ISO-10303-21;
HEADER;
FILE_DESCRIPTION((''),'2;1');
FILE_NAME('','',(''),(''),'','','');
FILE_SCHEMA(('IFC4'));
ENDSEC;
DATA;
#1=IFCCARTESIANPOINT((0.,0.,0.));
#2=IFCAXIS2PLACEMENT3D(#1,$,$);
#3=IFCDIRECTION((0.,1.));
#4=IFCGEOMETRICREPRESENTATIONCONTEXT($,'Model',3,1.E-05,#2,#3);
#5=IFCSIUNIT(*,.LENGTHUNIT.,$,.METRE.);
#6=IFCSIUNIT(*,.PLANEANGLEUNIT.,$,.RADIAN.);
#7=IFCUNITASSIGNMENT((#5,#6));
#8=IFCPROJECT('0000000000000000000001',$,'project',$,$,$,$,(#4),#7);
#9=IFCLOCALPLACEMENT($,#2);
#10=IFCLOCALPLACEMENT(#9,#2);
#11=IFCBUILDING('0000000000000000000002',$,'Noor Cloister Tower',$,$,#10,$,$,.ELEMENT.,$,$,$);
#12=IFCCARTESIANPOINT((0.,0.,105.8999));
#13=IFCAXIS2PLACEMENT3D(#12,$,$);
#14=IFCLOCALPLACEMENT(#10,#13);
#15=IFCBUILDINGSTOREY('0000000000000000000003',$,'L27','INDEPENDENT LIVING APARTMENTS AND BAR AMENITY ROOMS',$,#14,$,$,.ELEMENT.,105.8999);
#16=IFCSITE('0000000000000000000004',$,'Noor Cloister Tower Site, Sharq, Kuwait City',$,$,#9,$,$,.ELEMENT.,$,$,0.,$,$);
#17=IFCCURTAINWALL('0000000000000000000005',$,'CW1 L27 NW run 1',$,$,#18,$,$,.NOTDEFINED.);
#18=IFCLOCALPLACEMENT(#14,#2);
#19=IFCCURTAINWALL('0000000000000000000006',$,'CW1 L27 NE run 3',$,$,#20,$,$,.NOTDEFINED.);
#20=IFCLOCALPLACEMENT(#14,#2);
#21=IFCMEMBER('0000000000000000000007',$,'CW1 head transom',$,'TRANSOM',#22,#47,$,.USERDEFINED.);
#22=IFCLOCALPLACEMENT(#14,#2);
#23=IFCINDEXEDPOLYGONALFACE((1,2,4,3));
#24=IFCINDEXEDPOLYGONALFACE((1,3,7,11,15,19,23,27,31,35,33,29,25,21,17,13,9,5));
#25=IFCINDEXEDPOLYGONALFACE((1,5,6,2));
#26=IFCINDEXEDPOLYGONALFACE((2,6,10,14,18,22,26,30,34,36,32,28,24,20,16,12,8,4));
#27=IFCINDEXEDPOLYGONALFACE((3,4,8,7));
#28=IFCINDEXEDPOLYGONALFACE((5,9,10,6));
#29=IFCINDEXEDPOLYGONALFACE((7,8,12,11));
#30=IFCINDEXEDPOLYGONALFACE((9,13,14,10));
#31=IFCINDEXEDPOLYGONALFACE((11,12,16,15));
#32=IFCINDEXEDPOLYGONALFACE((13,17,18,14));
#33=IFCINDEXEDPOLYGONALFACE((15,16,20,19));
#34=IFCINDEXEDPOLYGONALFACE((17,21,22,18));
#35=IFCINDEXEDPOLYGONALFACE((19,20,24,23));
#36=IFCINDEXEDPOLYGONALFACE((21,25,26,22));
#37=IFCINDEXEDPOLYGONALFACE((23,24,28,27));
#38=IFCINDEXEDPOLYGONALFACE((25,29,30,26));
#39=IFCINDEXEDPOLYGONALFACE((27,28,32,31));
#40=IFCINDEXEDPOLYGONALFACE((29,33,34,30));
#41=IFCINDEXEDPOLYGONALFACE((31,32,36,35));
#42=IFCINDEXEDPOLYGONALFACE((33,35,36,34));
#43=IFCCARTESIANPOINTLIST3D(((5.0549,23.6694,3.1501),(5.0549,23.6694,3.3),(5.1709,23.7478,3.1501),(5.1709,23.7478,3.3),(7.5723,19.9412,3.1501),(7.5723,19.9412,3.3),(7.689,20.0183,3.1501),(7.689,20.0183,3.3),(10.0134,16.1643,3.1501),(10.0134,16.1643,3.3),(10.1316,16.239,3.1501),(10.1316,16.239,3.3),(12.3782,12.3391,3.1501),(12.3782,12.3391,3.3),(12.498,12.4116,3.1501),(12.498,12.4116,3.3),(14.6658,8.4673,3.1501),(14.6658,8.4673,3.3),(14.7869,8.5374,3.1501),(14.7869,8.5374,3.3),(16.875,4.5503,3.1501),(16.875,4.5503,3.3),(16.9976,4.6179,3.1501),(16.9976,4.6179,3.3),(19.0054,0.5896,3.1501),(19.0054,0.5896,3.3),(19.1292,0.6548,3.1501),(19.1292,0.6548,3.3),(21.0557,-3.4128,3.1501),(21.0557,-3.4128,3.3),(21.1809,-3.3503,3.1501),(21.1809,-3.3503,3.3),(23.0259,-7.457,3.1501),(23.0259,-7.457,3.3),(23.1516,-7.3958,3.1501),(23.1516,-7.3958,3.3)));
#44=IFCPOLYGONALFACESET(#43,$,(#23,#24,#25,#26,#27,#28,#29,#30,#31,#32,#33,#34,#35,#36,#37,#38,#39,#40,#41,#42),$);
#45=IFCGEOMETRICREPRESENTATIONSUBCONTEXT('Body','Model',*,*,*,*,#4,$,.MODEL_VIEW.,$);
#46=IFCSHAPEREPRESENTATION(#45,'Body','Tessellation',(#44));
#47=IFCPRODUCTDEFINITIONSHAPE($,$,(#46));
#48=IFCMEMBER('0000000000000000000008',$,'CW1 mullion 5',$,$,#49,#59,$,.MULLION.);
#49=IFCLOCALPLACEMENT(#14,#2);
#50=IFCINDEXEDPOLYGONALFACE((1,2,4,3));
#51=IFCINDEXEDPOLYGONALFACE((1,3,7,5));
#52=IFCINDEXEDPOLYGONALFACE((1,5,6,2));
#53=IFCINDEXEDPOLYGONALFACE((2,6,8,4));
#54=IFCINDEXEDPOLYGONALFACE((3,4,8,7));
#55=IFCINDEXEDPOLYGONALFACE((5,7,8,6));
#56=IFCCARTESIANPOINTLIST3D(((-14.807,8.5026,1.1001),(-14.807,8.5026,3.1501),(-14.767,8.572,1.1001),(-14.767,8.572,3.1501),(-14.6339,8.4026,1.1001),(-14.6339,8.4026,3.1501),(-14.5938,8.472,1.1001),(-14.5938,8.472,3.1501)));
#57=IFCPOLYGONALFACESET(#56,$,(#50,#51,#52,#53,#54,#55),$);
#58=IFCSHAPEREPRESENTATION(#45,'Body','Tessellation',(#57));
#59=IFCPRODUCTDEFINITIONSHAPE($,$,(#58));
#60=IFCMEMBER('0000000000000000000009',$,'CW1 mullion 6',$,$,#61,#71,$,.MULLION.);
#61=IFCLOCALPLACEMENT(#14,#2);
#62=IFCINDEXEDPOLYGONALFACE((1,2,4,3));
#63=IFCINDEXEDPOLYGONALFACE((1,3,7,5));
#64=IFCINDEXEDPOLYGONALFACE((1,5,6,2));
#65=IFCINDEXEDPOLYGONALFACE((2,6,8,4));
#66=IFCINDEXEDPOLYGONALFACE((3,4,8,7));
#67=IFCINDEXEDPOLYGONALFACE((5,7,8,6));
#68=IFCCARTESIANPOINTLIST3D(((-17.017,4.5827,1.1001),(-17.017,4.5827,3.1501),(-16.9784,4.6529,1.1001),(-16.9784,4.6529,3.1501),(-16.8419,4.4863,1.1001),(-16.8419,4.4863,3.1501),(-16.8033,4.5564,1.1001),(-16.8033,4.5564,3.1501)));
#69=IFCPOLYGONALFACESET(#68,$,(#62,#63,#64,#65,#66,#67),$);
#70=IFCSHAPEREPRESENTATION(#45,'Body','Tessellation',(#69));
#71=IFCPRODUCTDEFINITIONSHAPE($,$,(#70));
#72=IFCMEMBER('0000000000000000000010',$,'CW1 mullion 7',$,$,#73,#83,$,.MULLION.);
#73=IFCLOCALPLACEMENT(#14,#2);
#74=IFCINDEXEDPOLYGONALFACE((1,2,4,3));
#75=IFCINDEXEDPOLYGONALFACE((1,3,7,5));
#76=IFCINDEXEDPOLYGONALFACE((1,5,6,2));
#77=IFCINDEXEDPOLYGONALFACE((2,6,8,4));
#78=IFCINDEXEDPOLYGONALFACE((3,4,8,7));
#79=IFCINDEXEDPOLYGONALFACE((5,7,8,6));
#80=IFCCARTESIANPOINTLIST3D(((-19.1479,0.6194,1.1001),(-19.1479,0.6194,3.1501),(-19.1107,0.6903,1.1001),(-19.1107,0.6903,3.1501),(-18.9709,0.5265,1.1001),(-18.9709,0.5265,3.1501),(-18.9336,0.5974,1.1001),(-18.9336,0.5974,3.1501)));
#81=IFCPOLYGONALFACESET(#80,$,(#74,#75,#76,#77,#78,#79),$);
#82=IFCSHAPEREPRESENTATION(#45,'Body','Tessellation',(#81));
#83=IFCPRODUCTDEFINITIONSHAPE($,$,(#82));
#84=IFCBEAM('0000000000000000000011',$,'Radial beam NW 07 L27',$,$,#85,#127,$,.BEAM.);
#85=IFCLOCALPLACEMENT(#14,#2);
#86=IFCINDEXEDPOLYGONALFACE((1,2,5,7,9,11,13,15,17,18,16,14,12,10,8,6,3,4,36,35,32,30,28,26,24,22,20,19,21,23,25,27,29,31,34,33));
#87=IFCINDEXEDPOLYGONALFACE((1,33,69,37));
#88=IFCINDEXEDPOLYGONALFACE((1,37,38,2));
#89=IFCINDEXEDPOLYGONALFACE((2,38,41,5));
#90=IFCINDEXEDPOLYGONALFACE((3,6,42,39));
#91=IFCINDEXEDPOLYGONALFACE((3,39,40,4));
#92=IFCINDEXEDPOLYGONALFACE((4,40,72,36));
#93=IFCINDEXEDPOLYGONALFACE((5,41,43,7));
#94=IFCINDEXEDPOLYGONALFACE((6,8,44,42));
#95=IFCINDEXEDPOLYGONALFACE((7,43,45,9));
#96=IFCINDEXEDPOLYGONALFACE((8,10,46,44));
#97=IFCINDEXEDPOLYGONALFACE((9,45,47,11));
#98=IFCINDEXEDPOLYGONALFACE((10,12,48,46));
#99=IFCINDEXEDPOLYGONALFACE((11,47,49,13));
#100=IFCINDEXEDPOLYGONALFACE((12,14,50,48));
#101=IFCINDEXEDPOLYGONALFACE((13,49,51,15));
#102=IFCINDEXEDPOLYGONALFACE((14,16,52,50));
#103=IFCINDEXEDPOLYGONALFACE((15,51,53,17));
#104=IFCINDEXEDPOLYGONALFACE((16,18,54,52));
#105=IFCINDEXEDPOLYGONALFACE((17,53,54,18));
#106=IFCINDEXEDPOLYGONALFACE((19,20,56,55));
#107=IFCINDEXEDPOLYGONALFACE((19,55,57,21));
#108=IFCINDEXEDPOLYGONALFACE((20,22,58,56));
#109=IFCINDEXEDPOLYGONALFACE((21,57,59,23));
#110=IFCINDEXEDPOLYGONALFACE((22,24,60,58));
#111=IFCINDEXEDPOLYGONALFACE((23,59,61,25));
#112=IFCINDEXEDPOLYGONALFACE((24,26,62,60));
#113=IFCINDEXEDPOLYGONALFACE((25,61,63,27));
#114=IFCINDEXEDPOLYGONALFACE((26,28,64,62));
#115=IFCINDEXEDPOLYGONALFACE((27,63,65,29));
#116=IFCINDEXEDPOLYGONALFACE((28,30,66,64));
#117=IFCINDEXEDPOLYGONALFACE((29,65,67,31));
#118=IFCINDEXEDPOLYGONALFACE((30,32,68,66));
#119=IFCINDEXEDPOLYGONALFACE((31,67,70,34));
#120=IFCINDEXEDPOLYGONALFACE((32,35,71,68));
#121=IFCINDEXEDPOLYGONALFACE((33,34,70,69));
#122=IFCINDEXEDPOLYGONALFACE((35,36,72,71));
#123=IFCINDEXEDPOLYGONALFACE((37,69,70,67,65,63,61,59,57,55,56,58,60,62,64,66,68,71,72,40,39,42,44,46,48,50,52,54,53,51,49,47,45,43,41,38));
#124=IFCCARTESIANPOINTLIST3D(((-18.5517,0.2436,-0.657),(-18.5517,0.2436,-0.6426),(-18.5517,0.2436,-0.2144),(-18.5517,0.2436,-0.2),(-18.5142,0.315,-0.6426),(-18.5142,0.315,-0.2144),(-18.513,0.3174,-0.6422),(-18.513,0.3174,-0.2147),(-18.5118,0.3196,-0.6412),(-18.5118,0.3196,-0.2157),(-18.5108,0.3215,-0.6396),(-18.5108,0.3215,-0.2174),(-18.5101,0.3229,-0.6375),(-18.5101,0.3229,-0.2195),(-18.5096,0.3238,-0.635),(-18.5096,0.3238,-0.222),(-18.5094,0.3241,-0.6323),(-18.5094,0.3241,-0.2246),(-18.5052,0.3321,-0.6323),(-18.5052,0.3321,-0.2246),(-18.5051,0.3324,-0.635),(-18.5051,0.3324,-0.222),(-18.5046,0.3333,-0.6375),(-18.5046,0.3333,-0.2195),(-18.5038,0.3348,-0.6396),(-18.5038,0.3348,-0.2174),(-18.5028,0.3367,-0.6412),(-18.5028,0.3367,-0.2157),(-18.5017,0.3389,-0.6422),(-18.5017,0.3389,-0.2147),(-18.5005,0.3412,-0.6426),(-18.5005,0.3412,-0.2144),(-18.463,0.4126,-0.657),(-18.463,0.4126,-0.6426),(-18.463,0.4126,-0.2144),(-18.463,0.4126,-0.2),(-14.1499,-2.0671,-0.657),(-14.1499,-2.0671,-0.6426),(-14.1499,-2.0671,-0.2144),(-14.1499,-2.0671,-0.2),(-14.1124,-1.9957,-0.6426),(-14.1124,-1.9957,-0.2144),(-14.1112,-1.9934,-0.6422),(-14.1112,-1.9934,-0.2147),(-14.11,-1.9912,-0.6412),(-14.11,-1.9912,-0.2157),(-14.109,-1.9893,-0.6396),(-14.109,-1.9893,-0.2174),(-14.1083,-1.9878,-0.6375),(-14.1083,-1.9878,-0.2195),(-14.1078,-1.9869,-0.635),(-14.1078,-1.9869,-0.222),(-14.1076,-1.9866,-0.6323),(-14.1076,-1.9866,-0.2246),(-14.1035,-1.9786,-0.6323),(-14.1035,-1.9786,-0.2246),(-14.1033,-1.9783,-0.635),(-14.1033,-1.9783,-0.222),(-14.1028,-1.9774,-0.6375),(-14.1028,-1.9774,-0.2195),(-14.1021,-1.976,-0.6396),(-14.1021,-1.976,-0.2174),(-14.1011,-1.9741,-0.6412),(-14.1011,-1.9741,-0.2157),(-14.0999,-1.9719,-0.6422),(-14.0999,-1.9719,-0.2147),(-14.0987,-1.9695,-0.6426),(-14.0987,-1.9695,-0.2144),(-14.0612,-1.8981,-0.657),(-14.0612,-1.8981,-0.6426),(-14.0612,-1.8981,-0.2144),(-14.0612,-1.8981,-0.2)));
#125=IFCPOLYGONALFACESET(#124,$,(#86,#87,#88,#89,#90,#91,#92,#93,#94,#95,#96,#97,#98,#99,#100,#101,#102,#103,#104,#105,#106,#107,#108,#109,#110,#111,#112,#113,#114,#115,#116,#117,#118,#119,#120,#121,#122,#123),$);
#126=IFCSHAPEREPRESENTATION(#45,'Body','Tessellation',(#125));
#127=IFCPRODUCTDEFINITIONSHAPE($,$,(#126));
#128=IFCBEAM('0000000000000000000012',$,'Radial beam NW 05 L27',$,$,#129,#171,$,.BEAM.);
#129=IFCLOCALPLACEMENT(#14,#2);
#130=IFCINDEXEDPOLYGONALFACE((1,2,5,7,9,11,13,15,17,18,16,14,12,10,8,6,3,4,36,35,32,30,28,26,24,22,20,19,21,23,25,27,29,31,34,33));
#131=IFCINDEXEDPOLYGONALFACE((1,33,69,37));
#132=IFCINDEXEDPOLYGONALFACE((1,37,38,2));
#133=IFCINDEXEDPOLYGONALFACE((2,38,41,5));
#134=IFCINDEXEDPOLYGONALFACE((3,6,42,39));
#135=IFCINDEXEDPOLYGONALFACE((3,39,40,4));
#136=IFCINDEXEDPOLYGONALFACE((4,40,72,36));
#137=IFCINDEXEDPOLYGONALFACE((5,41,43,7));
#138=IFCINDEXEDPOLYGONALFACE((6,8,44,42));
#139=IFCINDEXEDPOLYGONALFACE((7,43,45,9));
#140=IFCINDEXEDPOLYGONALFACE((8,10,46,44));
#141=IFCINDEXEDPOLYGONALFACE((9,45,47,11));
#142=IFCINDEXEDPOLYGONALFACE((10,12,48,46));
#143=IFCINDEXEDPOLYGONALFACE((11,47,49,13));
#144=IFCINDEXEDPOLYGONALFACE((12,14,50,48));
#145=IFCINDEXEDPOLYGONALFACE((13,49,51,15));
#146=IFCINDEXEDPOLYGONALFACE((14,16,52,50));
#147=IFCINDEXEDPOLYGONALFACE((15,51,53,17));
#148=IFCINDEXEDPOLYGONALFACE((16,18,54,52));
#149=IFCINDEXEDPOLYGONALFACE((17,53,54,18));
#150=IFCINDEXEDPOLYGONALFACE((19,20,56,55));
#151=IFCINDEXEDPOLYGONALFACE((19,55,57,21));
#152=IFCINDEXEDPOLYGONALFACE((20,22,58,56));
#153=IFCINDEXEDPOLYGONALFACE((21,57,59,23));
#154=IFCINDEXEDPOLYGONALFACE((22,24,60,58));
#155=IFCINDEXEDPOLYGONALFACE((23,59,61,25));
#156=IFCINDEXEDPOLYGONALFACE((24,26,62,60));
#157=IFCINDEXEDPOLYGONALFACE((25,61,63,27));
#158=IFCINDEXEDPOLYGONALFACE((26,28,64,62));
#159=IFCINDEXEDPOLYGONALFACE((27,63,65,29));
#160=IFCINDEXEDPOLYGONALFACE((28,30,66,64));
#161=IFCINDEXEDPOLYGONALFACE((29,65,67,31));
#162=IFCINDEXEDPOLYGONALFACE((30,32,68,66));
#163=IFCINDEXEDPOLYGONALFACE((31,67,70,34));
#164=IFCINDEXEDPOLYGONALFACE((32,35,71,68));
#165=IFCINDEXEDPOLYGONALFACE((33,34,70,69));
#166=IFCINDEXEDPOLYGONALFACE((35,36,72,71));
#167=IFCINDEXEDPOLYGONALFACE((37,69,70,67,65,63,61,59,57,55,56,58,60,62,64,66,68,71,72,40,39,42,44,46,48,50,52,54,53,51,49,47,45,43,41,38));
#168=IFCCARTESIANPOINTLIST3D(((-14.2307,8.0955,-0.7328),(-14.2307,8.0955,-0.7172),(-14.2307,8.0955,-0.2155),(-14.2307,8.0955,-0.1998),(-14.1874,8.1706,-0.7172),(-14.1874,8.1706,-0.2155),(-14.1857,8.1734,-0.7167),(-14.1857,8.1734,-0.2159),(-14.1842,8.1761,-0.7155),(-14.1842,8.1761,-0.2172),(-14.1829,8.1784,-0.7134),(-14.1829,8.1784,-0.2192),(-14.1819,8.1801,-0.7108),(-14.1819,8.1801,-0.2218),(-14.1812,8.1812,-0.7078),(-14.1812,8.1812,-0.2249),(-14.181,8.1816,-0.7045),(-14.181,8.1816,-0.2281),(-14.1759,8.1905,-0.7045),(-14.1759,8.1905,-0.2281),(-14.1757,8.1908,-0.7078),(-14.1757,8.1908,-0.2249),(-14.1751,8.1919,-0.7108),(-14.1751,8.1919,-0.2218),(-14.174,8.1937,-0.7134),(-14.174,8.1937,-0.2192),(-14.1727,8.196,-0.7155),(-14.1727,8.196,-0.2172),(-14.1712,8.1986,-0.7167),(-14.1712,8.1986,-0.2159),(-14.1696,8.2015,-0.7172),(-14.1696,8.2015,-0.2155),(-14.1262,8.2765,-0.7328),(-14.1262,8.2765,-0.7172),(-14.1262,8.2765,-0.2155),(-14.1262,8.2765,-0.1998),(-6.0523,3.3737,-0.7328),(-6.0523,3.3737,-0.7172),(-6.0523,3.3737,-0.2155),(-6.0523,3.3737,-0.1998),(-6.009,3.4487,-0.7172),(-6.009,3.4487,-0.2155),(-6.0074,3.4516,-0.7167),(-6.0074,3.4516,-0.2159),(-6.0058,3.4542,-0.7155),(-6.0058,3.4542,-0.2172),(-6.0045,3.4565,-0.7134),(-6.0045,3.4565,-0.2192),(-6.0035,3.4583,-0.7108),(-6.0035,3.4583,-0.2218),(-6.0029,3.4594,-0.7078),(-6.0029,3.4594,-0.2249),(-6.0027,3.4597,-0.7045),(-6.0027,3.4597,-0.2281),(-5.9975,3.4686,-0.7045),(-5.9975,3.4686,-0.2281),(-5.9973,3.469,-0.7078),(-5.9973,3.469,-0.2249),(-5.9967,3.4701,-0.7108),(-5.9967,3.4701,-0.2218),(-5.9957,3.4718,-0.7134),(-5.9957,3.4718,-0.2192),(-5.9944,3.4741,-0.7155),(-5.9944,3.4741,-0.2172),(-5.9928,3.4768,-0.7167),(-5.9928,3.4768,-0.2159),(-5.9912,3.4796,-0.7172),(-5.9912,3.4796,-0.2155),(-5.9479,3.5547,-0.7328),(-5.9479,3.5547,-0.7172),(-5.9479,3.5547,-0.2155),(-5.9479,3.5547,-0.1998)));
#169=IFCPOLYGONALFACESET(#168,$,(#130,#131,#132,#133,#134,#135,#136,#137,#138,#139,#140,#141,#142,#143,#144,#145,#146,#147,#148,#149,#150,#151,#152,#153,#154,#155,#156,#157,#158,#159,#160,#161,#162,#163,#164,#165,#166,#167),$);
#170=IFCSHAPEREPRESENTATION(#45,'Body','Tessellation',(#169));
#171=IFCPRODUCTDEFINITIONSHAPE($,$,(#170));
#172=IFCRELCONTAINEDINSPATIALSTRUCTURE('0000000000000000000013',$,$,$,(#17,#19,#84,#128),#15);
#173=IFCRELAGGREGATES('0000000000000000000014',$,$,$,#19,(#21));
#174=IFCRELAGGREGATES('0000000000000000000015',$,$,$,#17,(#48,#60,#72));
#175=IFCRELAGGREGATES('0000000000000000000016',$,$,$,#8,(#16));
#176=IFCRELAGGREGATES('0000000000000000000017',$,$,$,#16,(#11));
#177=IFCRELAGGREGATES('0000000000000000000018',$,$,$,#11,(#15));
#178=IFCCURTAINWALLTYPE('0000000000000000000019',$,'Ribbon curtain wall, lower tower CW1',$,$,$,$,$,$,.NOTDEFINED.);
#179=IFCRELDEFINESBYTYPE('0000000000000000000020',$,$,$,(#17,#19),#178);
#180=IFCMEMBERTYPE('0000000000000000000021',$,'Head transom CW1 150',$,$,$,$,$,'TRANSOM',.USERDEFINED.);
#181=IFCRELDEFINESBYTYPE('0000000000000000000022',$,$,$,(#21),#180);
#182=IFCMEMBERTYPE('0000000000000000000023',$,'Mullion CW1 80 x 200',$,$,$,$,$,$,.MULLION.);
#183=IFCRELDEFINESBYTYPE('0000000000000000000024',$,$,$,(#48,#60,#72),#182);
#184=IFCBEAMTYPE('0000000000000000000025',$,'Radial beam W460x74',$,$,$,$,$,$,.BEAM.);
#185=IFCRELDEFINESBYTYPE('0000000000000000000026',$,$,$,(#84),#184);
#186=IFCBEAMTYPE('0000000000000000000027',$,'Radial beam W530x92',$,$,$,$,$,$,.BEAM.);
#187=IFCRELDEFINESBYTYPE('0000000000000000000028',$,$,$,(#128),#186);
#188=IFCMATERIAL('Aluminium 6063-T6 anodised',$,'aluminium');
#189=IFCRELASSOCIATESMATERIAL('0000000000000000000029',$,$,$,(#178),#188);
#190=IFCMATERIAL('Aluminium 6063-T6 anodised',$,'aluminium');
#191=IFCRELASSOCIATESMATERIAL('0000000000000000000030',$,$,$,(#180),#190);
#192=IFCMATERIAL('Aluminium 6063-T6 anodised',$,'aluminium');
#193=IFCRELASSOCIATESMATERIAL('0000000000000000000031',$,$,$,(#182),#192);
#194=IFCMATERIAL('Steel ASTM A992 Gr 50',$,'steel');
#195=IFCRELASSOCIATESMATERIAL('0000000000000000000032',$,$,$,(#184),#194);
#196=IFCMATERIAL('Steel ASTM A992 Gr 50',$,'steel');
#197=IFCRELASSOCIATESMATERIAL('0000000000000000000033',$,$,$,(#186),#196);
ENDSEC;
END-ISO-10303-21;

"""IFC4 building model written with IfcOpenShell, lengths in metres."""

from ifc_helpers import new_model, si_unit, direction, frame, origin, origin_2d, place, context, subcontext, project, spatial, polyline, rectangle, i_section, outline, extrude, material, material_profile, profile_set, type_object, element, aggregate, save


model = new_model("IFC4")

# Units and contexts
model_context = context("Model", 3, precision=1e-05, world=origin(), true_north=direction((0.0, 1.0)))
body_context = subcontext(model_context, "Body", "Model", "MODEL_VIEW")
ifc_project = project(units=[si_unit("LENGTHUNIT", "METRE"), si_unit("PLANEANGLEUNIT", "RADIAN")], contexts=[model_context])

# Site, building, storey
site_placement = place(None, origin())
site = spatial("IfcSite", under=ifc_project, at=site_placement, Name="Noor Cloister Tower Site, Sharq, Kuwait City", CompositionType="ELEMENT", RefElevation=0.0)
building_placement = place(site_placement, origin())
building = spatial("IfcBuilding", under=site, at=building_placement, Name="Noor Cloister Tower", CompositionType="ELEMENT")
storey_placement = place(building_placement, frame((0.0, 0.0, 105.8999)))
storey = spatial("IfcBuildingStorey", under=building, at=storey_placement, Name="L27", Description="INDEPENDENT LIVING APARTMENTS AND BAR AMENITY ROOMS", CompositionType="ELEMENT", Elevation=105.8999)

# Curtain walls, member
ifc_material_1 = material(Name="Aluminium 6063-T6 anodised", Category="aluminium")
curtain_wall_type = type_object("IfcCurtainWallType", Name="Ribbon curtain wall, lower tower CW1", PredefinedType="NOTDEFINED", material=ifc_material_1)
curtain_wall_1_placement = place(storey_placement, origin())
curtain_wall_1 = element("IfcCurtainWall", 1, at=curtain_wall_1_placement, inside=storey, type_object=curtain_wall_type, Name="CW1 L27 NW run 1", PredefinedType="NOTDEFINED")
ifc_material_2 = material(Name="Aluminium 6063-T6 anodised", Category="aluminium")
member_type_1 = type_object("IfcMemberType", Name="Head transom CW1 150", ElementType="TRANSOM", PredefinedType="USERDEFINED", material=ifc_material_2)
curtain_wall_2_placement = place(storey_placement, origin())
curtain_wall_2 = element("IfcCurtainWall", 2, at=curtain_wall_2_placement, inside=storey, type_object=curtain_wall_type, Name="CW1 L27 NE run 3", PredefinedType="NOTDEFINED")
member_1_placement = place(storey_placement, frame((0.0, 0.0, 3.1501)))
member_1 = element("IfcMember", 3, at=member_1_placement, type_object=member_type_1, Name="CW1 head transom", ObjectType="TRANSOM", PredefinedType="USERDEFINED", context=body_context, shape_type="SweptSolid", body=[
    extrude(outline(polyline([(23.1516, -7.3958), (21.1809, -3.3503), (19.1292, 0.6548), (16.9976, 4.6179), (14.7869, 8.5374), (12.498, 12.4116), (10.1316, 16.239), (7.689, 20.0183), (5.1709, 23.7478), (5.0549, 23.6694), (7.5723, 19.9412), (10.0134, 16.1643), (12.3782, 12.3391), (14.6658, 8.4673), (16.875, 4.5503), (19.0054, 0.5896), (21.0557, -3.4128), (23.0259, -7.457), (23.1516, -7.3958)])), origin(), (0.0, 0.0, 1.0), 0.1499),
])

# Members
ifc_material_3 = material(Name="Aluminium 6063-T6 anodised", Category="aluminium")
ifc_material_profile_1 = material_profile(ifc_material_3, rectangle(XDim=0.2, YDim=0.0801, at=origin_2d()), Name="200 x 80 mullion")
ifc_profile_set_1 = profile_set([ifc_material_profile_1], Name="Aluminium 6063-T6 anodised")
member_type_2 = type_object("IfcMemberType", Name="Mullion CW1 80 x 200", PredefinedType="MULLION", material=ifc_profile_set_1)
member_2_placement = place(storey_placement, frame((-14.7004, 8.4873, 1.1001), z_axis=(0.0, 0.0, 1.0), x_axis=(0.866025, -0.5, 0.0)))
member_2 = element("IfcMember", 4, at=member_2_placement, type_object=member_type_2, Name="CW1 mullion 5", PredefinedType="MULLION", context=body_context, shape_type="SweptSolid", body=[
    extrude(rectangle(XDim=0.2, YDim=0.0801, at=origin_2d()), origin(), (0.0, 0.0, 1.0), 2.05),
])
member_3_placement = place(storey_placement, frame((-16.9102, 4.5696, 1.1001), z_axis=(0.0, 0.0, 1.0), x_axis=(0.87589, -0.482512, 0.0)))
member_3 = element("IfcMember", 5, at=member_3_placement, type_object=member_type_2, Name="CW1 mullion 6", PredefinedType="MULLION", context=body_context, shape_type="SweptSolid", body=[
    extrude(rectangle(XDim=0.2, YDim=0.0801, at=origin_2d()), origin(), (0.0, 0.0, 1.0), 2.05),
])
member_4_placement = place(storey_placement, frame((-19.0408, 0.6084, 1.1001), z_axis=(0.0, 0.0, 1.0), x_axis=(0.885401, -0.464829, 0.0)))
member_4 = element("IfcMember", 6, at=member_4_placement, type_object=member_type_2, Name="CW1 mullion 7", PredefinedType="MULLION", context=body_context, shape_type="SweptSolid", body=[
    extrude(rectangle(XDim=0.2, YDim=0.0801, at=origin_2d()), origin(), (0.0, 0.0, 1.0), 2.05),
])

# Beams
ifc_material_4 = material(Name="Steel ASTM A992 Gr 50", Category="steel")
ifc_material_profile_2 = material_profile(ifc_material_4, i_section(OverallWidth=0.1909, OverallDepth=0.457, WebThickness=0.009, FlangeThickness=0.0144, FilletRadius=0.0103, at=origin_2d()), Name="W460x74")
ifc_profile_set_2 = profile_set([ifc_material_profile_2], Name="Steel ASTM A992 Gr 50")
beam_type_1 = type_object("IfcBeamType", Name="Radial beam W460x74", PredefinedType="BEAM", material=ifc_profile_set_2)
beam_1_placement = place(storey_placement, frame((-18.5073, 0.3281, -0.4285), z_axis=(0.885413, -0.464805, 0.0), x_axis=(0.464805, 0.885413, 0.0)))
element("IfcBeam", 7, at=beam_1_placement, inside=storey, type_object=beam_type_1, Name="Radial beam NW 07 L27", PredefinedType="BEAM", context=body_context, shape_type="SweptSolid", body=[
    extrude(i_section(OverallWidth=0.1909, OverallDepth=0.457, WebThickness=0.009, FlangeThickness=0.0144, FilletRadius=0.0103, at=origin_2d()), origin(), (0.0, 0.0, 1.0), 4.9714),
])
ifc_material_5 = material(Name="Steel ASTM A992 Gr 50", Category="steel")
ifc_material_profile_3 = material_profile(ifc_material_5, i_section(OverallWidth=0.209, OverallDepth=0.533, WebThickness=0.0103, FlangeThickness=0.0156, FilletRadius=0.0127, at=origin_2d()), Name="W530x92")
ifc_profile_set_3 = profile_set([ifc_material_profile_3], Name="Steel ASTM A992 Gr 50")
beam_type_2 = type_object("IfcBeamType", Name="Radial beam W530x92", PredefinedType="BEAM", material=ifc_profile_set_3)
beam_2_placement = place(storey_placement, frame((-14.1785, 8.186, -0.4663), z_axis=(0.866022, -0.500007, 0.0), x_axis=(0.500007, 0.866022, 0.0)))
element("IfcBeam", 8, at=beam_2_placement, inside=storey, type_object=beam_type_2, Name="Radial beam NW 05 L27", PredefinedType="BEAM", context=body_context, shape_type="SweptSolid", body=[
    extrude(i_section(OverallWidth=0.209, OverallDepth=0.533, WebThickness=0.0103, FlangeThickness=0.0156, FilletRadius=0.0127, at=origin_2d()), origin(), (0.0, 0.0, 1.0), 9.4436),
])

aggregate(curtain_wall_2, [member_1])

aggregate(curtain_wall_1, [member_2, member_3, member_4])

save(model, "model.ifc")
